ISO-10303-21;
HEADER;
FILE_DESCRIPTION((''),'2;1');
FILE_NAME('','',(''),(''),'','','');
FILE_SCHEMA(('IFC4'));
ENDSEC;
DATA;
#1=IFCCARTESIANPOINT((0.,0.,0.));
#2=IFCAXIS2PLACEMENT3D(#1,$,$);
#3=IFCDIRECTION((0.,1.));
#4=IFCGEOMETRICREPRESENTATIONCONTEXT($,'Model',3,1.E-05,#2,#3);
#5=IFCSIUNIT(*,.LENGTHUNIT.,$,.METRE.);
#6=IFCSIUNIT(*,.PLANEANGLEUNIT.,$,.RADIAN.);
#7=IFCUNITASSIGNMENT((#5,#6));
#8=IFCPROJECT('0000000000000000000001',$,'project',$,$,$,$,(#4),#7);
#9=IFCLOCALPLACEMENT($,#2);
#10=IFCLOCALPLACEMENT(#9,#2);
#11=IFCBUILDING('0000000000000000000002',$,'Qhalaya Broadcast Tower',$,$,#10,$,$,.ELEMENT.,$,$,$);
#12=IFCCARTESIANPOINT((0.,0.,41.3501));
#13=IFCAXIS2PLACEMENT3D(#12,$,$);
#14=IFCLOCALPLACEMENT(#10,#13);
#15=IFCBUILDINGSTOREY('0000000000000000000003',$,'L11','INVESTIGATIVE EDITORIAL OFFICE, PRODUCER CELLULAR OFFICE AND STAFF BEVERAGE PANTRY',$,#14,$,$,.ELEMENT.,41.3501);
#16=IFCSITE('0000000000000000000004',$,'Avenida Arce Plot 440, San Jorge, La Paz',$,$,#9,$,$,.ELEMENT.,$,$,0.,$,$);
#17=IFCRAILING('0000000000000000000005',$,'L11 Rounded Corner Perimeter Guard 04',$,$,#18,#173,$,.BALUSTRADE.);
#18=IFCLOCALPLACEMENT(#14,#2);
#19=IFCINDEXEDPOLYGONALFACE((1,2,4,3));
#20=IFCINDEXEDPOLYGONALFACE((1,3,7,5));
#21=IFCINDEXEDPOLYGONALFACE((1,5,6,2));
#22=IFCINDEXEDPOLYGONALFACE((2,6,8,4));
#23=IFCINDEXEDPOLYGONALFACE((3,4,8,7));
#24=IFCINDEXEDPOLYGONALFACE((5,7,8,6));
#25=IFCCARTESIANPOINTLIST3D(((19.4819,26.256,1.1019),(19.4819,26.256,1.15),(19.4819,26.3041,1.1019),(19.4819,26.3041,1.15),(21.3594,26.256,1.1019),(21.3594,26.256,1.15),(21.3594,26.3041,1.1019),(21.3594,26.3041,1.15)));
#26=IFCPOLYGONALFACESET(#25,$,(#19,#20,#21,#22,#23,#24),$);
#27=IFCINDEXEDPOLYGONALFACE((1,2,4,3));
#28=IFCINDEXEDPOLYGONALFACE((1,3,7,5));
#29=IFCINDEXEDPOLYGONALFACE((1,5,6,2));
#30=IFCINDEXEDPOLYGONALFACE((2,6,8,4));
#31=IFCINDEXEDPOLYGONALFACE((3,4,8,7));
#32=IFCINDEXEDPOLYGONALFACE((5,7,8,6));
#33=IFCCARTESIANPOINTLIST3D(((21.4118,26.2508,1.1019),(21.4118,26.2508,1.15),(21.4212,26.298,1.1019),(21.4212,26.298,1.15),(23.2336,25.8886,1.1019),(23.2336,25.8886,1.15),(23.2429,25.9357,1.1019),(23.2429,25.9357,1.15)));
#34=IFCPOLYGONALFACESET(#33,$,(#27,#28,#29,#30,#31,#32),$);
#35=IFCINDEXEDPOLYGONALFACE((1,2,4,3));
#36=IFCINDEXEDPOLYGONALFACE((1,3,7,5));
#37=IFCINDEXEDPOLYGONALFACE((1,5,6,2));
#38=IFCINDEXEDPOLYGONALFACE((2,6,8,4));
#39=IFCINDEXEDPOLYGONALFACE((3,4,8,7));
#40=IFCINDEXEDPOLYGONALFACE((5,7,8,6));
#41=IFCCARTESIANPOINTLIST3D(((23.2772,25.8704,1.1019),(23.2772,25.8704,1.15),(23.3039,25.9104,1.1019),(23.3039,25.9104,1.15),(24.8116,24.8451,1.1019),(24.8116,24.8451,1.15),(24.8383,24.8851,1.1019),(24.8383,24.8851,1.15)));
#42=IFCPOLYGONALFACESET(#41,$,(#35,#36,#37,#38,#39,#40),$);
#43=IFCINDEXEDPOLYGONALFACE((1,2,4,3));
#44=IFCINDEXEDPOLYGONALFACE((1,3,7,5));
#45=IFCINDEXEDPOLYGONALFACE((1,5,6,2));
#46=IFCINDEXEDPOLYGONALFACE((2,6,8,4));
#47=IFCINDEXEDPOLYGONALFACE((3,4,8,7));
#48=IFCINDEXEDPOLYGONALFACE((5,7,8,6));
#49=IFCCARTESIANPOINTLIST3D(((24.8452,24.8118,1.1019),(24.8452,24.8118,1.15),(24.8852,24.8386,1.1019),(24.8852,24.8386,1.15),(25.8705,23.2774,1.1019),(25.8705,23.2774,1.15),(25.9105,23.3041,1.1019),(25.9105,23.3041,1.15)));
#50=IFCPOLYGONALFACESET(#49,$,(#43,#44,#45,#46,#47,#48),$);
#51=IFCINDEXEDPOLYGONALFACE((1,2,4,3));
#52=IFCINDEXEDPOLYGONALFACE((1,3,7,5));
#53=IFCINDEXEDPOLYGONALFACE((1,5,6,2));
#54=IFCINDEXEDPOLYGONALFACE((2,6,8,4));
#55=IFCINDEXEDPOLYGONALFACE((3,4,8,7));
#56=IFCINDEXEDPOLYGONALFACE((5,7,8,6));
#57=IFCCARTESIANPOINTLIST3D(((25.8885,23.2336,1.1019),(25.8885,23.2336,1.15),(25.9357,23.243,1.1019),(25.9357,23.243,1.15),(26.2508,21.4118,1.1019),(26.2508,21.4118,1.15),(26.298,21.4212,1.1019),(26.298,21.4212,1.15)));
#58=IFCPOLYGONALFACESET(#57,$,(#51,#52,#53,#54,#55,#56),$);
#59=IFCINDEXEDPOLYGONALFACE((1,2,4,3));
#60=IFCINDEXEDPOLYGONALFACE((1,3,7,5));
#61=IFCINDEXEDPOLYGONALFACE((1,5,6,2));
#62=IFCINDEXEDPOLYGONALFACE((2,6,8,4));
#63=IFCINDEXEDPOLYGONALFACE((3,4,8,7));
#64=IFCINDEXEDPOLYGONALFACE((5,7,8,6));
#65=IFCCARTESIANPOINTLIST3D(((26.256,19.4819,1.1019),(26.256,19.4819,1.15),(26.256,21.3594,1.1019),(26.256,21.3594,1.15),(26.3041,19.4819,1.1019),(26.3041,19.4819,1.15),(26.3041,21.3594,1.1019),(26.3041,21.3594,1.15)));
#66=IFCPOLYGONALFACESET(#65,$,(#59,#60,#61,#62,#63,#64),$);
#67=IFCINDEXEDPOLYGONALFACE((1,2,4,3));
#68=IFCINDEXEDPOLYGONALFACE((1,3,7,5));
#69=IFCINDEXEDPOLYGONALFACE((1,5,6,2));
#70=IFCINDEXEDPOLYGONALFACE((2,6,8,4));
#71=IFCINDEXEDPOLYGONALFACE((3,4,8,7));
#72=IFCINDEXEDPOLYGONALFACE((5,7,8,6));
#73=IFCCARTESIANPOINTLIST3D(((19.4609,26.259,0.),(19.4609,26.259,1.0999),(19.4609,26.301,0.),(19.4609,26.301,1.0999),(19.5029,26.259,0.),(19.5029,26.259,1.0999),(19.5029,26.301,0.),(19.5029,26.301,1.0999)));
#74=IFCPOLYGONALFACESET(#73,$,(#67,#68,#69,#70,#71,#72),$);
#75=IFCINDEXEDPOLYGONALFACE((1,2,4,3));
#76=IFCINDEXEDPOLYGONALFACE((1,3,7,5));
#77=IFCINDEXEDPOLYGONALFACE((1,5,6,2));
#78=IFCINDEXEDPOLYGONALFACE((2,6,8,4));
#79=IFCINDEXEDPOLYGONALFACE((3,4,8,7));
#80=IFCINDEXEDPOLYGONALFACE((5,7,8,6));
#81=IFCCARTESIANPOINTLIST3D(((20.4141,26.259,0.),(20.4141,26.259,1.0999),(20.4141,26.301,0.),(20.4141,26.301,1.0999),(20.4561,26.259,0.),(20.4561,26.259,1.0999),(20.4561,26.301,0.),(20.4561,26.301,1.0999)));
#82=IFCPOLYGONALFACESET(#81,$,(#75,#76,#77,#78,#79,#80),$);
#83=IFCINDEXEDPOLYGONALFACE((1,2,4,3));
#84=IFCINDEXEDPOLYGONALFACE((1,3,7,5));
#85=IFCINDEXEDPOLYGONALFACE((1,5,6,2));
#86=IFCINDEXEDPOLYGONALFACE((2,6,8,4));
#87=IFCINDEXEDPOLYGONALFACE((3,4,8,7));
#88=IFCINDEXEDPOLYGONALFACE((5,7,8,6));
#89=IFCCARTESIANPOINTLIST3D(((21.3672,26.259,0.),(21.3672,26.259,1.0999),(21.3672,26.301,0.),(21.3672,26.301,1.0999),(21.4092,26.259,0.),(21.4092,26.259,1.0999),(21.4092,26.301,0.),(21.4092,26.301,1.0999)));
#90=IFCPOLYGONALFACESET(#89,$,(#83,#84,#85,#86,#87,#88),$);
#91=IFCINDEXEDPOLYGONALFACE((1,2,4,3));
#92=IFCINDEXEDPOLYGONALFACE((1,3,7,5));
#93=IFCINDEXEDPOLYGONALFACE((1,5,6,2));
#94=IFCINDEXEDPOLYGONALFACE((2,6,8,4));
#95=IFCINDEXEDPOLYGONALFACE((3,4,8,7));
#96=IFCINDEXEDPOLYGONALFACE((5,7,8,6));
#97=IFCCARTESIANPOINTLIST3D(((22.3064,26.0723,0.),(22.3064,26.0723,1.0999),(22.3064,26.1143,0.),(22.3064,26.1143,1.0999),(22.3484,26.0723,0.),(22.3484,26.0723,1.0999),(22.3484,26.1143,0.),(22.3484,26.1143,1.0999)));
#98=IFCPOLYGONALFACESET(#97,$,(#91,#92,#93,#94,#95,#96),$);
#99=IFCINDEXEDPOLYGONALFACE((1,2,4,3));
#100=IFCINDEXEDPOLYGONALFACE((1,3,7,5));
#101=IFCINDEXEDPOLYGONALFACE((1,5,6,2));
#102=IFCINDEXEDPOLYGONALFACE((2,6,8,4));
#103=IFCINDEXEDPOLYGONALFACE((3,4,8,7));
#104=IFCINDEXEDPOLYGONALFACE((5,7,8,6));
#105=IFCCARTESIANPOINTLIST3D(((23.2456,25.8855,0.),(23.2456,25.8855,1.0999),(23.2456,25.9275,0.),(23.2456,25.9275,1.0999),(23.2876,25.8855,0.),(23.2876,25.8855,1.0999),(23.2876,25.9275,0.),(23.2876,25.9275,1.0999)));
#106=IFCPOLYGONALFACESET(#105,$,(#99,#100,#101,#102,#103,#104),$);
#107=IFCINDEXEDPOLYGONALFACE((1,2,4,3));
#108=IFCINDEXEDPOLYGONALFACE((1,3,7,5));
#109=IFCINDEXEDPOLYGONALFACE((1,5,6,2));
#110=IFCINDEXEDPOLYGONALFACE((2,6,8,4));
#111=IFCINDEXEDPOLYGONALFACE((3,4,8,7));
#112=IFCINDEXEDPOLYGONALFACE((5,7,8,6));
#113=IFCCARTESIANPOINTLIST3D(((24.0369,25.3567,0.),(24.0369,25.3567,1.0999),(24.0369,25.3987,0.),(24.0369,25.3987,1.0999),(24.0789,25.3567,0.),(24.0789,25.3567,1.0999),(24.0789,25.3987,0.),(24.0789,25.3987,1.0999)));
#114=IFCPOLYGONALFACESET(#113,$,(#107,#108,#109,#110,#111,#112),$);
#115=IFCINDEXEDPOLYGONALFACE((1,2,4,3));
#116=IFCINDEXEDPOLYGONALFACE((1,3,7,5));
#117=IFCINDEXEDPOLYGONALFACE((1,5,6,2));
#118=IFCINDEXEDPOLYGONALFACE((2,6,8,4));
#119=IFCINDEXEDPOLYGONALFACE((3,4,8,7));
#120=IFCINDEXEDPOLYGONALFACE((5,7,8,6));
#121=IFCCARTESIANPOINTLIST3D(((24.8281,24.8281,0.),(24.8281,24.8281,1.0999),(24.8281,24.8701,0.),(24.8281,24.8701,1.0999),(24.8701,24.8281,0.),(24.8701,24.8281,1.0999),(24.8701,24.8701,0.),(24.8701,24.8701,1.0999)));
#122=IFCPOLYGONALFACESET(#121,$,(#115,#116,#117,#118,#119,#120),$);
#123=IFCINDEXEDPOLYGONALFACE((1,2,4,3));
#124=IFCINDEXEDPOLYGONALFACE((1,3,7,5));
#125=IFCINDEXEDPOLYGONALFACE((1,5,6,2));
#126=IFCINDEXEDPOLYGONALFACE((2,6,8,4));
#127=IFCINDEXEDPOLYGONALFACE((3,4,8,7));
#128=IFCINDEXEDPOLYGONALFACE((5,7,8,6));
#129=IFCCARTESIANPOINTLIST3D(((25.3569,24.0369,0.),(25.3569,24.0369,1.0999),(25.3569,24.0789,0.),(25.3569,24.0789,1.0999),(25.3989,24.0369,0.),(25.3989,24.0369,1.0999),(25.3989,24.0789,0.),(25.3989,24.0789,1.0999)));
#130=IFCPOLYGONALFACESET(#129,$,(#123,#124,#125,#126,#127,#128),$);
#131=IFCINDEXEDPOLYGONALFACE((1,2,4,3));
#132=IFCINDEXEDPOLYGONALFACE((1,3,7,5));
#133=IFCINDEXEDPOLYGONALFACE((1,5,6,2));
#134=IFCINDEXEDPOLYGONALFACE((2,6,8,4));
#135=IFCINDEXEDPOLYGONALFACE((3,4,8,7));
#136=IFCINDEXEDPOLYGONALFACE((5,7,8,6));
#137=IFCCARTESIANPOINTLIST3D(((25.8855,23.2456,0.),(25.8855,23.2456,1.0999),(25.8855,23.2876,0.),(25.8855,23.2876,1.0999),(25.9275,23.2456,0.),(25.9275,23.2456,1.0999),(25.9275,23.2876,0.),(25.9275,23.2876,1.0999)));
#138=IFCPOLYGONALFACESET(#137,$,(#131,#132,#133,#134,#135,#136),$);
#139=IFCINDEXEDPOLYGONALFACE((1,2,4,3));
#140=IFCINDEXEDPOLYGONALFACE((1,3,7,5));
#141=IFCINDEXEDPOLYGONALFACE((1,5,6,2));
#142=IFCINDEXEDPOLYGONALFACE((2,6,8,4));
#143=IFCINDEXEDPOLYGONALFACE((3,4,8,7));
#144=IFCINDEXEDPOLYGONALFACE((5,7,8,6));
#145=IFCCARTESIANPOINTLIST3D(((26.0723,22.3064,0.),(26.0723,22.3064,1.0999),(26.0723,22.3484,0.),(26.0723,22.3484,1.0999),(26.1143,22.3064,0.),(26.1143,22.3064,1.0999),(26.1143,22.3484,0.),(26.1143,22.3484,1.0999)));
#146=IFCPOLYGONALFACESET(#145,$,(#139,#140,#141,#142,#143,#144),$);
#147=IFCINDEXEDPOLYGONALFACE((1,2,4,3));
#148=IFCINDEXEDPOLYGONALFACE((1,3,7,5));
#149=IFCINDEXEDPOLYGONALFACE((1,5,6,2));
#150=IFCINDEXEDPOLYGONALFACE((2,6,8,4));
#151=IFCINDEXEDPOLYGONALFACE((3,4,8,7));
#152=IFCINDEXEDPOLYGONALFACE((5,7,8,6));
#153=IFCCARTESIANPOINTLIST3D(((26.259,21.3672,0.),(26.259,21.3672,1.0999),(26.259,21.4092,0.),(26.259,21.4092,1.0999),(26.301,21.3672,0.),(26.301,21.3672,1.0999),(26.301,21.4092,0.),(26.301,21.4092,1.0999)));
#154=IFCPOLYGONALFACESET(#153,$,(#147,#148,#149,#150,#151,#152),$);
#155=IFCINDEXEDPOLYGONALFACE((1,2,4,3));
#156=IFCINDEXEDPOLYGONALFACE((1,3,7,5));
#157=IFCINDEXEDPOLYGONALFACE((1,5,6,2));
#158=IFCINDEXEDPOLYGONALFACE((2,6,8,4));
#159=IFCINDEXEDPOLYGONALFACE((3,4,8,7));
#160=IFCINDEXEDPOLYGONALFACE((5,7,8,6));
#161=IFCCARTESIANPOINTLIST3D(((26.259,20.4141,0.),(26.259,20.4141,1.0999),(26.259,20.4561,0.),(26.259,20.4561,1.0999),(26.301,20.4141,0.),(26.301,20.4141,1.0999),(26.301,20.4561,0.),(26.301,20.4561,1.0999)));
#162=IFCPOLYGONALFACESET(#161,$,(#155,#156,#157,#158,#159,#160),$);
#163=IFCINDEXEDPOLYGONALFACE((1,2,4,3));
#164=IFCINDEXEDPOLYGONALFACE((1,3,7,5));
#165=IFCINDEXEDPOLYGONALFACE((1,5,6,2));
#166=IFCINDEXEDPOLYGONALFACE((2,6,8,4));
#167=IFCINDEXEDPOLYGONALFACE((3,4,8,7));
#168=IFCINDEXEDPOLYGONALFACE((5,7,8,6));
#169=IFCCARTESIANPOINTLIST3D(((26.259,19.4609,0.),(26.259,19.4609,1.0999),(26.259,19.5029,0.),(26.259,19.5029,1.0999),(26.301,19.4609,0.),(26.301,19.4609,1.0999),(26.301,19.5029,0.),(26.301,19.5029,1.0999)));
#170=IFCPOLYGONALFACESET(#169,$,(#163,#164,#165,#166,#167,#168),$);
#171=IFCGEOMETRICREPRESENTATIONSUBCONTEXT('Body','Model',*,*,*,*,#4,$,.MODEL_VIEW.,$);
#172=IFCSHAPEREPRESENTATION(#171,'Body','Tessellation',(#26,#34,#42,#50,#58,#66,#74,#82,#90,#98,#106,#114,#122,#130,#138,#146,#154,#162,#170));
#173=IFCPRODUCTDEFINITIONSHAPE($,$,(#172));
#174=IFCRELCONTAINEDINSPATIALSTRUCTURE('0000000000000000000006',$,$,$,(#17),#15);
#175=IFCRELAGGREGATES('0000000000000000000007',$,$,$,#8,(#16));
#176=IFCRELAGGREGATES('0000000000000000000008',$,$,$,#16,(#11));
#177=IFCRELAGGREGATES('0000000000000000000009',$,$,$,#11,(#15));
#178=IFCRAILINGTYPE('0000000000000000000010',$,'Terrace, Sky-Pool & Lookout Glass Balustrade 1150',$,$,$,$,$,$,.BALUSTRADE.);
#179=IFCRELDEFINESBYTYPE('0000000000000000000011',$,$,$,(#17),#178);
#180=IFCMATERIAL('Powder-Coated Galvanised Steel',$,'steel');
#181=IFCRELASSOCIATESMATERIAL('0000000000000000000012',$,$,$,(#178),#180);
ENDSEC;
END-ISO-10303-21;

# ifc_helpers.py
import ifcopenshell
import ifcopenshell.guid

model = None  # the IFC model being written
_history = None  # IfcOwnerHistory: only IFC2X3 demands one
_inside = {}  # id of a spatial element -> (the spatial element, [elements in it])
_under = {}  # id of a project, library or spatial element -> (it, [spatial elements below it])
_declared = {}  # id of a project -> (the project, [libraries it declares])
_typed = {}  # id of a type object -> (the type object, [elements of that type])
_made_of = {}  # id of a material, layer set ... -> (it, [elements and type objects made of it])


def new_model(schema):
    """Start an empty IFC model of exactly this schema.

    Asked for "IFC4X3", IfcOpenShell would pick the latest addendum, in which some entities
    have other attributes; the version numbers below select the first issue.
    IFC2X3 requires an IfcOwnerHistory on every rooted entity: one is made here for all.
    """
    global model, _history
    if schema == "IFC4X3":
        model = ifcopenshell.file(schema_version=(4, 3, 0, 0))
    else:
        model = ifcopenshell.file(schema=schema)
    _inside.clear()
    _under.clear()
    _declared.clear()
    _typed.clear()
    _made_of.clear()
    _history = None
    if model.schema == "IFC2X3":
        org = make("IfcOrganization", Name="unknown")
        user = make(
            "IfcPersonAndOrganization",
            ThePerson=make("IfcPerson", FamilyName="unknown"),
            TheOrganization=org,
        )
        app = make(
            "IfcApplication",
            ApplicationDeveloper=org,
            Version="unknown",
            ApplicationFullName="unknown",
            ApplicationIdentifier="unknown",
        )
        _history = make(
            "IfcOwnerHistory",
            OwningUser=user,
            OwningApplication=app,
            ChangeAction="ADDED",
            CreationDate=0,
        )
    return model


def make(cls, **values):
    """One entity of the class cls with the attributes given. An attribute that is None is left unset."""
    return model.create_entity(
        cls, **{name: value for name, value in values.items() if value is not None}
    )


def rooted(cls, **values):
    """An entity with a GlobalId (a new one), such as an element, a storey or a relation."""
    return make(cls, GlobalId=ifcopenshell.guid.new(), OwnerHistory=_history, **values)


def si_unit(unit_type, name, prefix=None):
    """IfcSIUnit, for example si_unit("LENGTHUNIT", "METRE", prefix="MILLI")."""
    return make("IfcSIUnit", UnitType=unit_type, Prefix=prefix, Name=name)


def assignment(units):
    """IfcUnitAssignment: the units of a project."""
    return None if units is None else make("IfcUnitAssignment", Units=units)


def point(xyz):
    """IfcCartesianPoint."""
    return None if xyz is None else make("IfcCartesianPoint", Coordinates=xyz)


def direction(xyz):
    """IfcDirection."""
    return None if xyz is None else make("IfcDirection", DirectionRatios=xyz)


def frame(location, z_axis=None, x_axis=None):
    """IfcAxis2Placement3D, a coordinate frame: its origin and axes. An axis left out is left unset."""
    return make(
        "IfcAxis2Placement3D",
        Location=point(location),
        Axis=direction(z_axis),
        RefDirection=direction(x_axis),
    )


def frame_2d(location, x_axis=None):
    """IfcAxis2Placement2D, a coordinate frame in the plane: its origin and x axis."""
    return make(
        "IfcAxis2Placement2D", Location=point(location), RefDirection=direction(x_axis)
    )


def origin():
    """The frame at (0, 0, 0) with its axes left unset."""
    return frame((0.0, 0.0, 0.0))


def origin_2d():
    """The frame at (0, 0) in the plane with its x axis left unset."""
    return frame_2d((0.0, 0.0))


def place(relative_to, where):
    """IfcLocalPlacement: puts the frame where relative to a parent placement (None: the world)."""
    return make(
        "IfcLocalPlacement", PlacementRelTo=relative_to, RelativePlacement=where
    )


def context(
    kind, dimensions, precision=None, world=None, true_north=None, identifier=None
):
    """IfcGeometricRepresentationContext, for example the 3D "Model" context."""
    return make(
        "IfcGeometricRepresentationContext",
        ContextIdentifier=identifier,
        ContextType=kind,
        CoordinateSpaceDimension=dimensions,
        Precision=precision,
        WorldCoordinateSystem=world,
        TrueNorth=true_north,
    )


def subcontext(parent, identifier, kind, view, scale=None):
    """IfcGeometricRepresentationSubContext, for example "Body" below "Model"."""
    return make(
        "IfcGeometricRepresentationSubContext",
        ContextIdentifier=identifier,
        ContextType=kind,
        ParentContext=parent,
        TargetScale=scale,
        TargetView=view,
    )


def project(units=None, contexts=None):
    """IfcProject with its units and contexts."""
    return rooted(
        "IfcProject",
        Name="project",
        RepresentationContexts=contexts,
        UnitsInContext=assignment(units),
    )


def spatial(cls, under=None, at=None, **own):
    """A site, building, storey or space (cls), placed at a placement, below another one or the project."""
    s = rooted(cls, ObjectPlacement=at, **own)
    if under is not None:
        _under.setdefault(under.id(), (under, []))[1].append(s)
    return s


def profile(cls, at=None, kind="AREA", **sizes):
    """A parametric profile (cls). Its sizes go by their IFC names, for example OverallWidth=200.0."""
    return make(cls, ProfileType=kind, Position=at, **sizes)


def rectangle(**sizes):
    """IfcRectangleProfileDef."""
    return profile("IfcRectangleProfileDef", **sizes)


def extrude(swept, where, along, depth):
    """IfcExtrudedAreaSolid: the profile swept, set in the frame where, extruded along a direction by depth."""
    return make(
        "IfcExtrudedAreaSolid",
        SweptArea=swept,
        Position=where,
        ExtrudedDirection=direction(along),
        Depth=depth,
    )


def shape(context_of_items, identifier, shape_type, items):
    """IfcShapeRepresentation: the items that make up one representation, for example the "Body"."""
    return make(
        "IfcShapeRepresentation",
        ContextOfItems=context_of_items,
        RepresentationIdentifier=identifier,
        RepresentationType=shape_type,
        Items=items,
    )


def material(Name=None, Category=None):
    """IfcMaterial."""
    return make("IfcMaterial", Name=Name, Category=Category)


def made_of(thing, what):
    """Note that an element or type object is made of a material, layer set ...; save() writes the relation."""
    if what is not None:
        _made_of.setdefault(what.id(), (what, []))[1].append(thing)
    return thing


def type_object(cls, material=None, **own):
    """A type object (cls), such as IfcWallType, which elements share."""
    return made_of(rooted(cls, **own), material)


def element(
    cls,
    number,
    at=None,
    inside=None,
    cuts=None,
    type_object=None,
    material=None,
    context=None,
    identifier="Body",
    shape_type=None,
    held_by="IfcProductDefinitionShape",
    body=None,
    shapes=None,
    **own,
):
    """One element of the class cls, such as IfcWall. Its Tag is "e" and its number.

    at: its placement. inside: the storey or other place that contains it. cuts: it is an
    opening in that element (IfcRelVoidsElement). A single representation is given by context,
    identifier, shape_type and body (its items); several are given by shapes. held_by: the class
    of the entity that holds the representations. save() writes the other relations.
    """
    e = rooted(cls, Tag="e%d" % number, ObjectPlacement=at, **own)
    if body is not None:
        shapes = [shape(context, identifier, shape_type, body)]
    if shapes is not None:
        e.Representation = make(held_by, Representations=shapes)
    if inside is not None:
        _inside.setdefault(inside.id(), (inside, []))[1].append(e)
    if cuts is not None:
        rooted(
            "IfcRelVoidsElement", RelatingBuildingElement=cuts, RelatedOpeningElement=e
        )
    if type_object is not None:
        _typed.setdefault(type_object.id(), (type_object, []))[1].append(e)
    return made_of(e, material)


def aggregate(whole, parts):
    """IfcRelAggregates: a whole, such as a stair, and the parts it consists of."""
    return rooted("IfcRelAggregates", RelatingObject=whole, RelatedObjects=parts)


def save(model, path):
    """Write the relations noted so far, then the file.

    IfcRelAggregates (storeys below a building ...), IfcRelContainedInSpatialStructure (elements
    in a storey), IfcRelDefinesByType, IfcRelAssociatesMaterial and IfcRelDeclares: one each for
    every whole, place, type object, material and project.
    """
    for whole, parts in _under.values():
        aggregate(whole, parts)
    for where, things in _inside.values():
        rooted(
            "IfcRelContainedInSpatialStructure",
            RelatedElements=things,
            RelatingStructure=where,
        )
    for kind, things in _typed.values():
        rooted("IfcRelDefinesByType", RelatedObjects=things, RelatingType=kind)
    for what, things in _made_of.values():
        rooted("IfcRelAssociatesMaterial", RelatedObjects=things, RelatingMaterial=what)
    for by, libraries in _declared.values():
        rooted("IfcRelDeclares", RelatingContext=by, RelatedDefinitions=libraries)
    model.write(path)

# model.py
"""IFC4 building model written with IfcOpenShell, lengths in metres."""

from ifc_helpers import new_model, si_unit, direction, frame, origin, origin_2d, place, context, subcontext, project, spatial, rectangle, extrude, material, type_object, element, save


model = new_model("IFC4")

# Units and contexts
model_context = context("Model", 3, precision=1e-05, world=origin(), true_north=direction((0.0, 1.0)))
body_context = subcontext(model_context, "Body", "Model", "MODEL_VIEW")
ifc_project = project(units=[si_unit("LENGTHUNIT", "METRE"), si_unit("PLANEANGLEUNIT", "RADIAN")], contexts=[model_context])

# Site, building, storey
site_placement = place(None, origin())
site = spatial("IfcSite", under=ifc_project, at=site_placement, Name="Avenida Arce Plot 440, San Jorge, La Paz", CompositionType="ELEMENT", RefElevation=0.0)
building_placement = place(site_placement, origin())
building = spatial("IfcBuilding", under=site, at=building_placement, Name="Qhalaya Broadcast Tower", CompositionType="ELEMENT")
storey_placement = place(building_placement, frame((0.0, 0.0, 41.3501)))
storey = spatial("IfcBuildingStorey", under=building, at=storey_placement, Name="L11", Description="INVESTIGATIVE EDITORIAL OFFICE, PRODUCER CELLULAR OFFICE AND STAFF BEVERAGE PANTRY", CompositionType="ELEMENT", Elevation=41.3501)

# Railing
ifc_material_1 = material(Name="Powder-Coated Galvanised Steel", Category="steel")
railing_type = type_object("IfcRailingType", Name="Terrace, Sky-Pool & Lookout Glass Balustrade 1150", PredefinedType="BALUSTRADE", material=ifc_material_1)
railing_placement = place(storey_placement, frame((19.4819, 26.28, 0.0)))
element("IfcRailing", 1, at=railing_placement, inside=storey, type_object=railing_type, Name="L11 Rounded Corner Perimeter Guard 04", PredefinedType="BALUSTRADE", context=body_context, shape_type="SweptSolid", body=[
    extrude(rectangle(XDim=0.0481, YDim=0.0481, at=origin_2d()), frame((0.0, 0.0, 1.126), z_axis=(1.0, 0.0, 0.0), x_axis=(0.0, 1.0, 0.0)), (0.0, 0.0, 1.0), 1.8774),
    extrude(rectangle(XDim=0.0481, YDim=0.0481, at=origin_2d()), frame((1.9346, -0.0056, 1.126), z_axis=(0.980796, -0.195037, 0.0), x_axis=(0.195037, 0.980796, 0.0)), (0.0, 0.0, 1.0), 1.8574),
    extrude(rectangle(XDim=0.0481, YDim=0.0481, at=origin_2d()), frame((3.8086, -0.3896, 1.126), z_axis=(0.831478, -0.555558, 0.0), x_axis=(0.555558, 0.831478, 0.0)), (0.0, 0.0, 1.0), 1.8455),
    extrude(rectangle(XDim=0.0481, YDim=0.0481, at=origin_2d()), frame((5.3833, -1.4548, 1.126), z_axis=(0.555558, -0.831478, 0.0), x_axis=(0.831478, 0.555558, 0.0)), (0.0, 0.0, 1.0), 1.8455),
    extrude(rectangle(XDim=0.0481, YDim=0.0481, at=origin_2d()), frame((6.4302, -3.0417, 1.126), z_axis=(0.195037, -0.980796, 0.0), x_axis=(0.980796, 0.195037, 0.0)), (0.0, 0.0, 1.0), 1.8574),
    extrude(rectangle(XDim=0.0481, YDim=0.0481, at=origin_2d()), frame((6.7981, -4.9207, 1.126), z_axis=(0.0, -1.0, 0.0), x_axis=(1.0, 0.0, 0.0)), (0.0, 0.0, 1.0), 1.8774),
    extrude(rectangle(XDim=0.042, YDim=0.042, at=origin_2d()), origin(), (0.0, 0.0, 1.0), 1.0999),
    extrude(rectangle(XDim=0.042, YDim=0.042, at=origin_2d()), frame((0.9531, 0.0, 0.0)), (0.0, 0.0, 1.0), 1.0999),
    extrude(rectangle(XDim=0.042, YDim=0.042, at=origin_2d()), frame((1.9062, 0.0, 0.0)), (0.0, 0.0, 1.0), 1.0999),
    extrude(rectangle(XDim=0.042, YDim=0.042, at=origin_2d()), frame((2.8455, -0.1868, 0.0)), (0.0, 0.0, 1.0), 1.0999),
    extrude(rectangle(XDim=0.042, YDim=0.042, at=origin_2d()), frame((3.7847, -0.3735, 0.0)), (0.0, 0.0, 1.0), 1.0999),
    extrude(rectangle(XDim=0.042, YDim=0.042, at=origin_2d()), frame((4.5759, -0.9023, 0.0)), (0.0, 0.0, 1.0), 1.0999),
    extrude(rectangle(XDim=0.042, YDim=0.042, at=origin_2d()), frame((5.3672, -1.4309, 0.0)), (0.0, 0.0, 1.0), 1.0999),
    extrude(rectangle(XDim=0.042, YDim=0.042, at=origin_2d()), frame((5.896, -2.2222, 0.0)), (0.0, 0.0, 1.0), 1.0999),
    extrude(rectangle(XDim=0.042, YDim=0.042, at=origin_2d()), frame((6.4246, -3.0134, 0.0)), (0.0, 0.0, 1.0), 1.0999),
    extrude(rectangle(XDim=0.042, YDim=0.042, at=origin_2d()), frame((6.6113, -3.9526, 0.0)), (0.0, 0.0, 1.0), 1.0999),
    extrude(rectangle(XDim=0.042, YDim=0.042, at=origin_2d()), frame((6.7981, -4.8918, 0.0)), (0.0, 0.0, 1.0), 1.0999),
    extrude(rectangle(XDim=0.042, YDim=0.042, at=origin_2d()), frame((6.7981, -5.845, 0.0)), (0.0, 0.0, 1.0), 1.0999),
    extrude(rectangle(XDim=0.042, YDim=0.042, at=origin_2d()), frame((6.7981, -6.7981, 0.0)), (0.0, 0.0, 1.0), 1.0999),
])

save(model, "model.ifc")
